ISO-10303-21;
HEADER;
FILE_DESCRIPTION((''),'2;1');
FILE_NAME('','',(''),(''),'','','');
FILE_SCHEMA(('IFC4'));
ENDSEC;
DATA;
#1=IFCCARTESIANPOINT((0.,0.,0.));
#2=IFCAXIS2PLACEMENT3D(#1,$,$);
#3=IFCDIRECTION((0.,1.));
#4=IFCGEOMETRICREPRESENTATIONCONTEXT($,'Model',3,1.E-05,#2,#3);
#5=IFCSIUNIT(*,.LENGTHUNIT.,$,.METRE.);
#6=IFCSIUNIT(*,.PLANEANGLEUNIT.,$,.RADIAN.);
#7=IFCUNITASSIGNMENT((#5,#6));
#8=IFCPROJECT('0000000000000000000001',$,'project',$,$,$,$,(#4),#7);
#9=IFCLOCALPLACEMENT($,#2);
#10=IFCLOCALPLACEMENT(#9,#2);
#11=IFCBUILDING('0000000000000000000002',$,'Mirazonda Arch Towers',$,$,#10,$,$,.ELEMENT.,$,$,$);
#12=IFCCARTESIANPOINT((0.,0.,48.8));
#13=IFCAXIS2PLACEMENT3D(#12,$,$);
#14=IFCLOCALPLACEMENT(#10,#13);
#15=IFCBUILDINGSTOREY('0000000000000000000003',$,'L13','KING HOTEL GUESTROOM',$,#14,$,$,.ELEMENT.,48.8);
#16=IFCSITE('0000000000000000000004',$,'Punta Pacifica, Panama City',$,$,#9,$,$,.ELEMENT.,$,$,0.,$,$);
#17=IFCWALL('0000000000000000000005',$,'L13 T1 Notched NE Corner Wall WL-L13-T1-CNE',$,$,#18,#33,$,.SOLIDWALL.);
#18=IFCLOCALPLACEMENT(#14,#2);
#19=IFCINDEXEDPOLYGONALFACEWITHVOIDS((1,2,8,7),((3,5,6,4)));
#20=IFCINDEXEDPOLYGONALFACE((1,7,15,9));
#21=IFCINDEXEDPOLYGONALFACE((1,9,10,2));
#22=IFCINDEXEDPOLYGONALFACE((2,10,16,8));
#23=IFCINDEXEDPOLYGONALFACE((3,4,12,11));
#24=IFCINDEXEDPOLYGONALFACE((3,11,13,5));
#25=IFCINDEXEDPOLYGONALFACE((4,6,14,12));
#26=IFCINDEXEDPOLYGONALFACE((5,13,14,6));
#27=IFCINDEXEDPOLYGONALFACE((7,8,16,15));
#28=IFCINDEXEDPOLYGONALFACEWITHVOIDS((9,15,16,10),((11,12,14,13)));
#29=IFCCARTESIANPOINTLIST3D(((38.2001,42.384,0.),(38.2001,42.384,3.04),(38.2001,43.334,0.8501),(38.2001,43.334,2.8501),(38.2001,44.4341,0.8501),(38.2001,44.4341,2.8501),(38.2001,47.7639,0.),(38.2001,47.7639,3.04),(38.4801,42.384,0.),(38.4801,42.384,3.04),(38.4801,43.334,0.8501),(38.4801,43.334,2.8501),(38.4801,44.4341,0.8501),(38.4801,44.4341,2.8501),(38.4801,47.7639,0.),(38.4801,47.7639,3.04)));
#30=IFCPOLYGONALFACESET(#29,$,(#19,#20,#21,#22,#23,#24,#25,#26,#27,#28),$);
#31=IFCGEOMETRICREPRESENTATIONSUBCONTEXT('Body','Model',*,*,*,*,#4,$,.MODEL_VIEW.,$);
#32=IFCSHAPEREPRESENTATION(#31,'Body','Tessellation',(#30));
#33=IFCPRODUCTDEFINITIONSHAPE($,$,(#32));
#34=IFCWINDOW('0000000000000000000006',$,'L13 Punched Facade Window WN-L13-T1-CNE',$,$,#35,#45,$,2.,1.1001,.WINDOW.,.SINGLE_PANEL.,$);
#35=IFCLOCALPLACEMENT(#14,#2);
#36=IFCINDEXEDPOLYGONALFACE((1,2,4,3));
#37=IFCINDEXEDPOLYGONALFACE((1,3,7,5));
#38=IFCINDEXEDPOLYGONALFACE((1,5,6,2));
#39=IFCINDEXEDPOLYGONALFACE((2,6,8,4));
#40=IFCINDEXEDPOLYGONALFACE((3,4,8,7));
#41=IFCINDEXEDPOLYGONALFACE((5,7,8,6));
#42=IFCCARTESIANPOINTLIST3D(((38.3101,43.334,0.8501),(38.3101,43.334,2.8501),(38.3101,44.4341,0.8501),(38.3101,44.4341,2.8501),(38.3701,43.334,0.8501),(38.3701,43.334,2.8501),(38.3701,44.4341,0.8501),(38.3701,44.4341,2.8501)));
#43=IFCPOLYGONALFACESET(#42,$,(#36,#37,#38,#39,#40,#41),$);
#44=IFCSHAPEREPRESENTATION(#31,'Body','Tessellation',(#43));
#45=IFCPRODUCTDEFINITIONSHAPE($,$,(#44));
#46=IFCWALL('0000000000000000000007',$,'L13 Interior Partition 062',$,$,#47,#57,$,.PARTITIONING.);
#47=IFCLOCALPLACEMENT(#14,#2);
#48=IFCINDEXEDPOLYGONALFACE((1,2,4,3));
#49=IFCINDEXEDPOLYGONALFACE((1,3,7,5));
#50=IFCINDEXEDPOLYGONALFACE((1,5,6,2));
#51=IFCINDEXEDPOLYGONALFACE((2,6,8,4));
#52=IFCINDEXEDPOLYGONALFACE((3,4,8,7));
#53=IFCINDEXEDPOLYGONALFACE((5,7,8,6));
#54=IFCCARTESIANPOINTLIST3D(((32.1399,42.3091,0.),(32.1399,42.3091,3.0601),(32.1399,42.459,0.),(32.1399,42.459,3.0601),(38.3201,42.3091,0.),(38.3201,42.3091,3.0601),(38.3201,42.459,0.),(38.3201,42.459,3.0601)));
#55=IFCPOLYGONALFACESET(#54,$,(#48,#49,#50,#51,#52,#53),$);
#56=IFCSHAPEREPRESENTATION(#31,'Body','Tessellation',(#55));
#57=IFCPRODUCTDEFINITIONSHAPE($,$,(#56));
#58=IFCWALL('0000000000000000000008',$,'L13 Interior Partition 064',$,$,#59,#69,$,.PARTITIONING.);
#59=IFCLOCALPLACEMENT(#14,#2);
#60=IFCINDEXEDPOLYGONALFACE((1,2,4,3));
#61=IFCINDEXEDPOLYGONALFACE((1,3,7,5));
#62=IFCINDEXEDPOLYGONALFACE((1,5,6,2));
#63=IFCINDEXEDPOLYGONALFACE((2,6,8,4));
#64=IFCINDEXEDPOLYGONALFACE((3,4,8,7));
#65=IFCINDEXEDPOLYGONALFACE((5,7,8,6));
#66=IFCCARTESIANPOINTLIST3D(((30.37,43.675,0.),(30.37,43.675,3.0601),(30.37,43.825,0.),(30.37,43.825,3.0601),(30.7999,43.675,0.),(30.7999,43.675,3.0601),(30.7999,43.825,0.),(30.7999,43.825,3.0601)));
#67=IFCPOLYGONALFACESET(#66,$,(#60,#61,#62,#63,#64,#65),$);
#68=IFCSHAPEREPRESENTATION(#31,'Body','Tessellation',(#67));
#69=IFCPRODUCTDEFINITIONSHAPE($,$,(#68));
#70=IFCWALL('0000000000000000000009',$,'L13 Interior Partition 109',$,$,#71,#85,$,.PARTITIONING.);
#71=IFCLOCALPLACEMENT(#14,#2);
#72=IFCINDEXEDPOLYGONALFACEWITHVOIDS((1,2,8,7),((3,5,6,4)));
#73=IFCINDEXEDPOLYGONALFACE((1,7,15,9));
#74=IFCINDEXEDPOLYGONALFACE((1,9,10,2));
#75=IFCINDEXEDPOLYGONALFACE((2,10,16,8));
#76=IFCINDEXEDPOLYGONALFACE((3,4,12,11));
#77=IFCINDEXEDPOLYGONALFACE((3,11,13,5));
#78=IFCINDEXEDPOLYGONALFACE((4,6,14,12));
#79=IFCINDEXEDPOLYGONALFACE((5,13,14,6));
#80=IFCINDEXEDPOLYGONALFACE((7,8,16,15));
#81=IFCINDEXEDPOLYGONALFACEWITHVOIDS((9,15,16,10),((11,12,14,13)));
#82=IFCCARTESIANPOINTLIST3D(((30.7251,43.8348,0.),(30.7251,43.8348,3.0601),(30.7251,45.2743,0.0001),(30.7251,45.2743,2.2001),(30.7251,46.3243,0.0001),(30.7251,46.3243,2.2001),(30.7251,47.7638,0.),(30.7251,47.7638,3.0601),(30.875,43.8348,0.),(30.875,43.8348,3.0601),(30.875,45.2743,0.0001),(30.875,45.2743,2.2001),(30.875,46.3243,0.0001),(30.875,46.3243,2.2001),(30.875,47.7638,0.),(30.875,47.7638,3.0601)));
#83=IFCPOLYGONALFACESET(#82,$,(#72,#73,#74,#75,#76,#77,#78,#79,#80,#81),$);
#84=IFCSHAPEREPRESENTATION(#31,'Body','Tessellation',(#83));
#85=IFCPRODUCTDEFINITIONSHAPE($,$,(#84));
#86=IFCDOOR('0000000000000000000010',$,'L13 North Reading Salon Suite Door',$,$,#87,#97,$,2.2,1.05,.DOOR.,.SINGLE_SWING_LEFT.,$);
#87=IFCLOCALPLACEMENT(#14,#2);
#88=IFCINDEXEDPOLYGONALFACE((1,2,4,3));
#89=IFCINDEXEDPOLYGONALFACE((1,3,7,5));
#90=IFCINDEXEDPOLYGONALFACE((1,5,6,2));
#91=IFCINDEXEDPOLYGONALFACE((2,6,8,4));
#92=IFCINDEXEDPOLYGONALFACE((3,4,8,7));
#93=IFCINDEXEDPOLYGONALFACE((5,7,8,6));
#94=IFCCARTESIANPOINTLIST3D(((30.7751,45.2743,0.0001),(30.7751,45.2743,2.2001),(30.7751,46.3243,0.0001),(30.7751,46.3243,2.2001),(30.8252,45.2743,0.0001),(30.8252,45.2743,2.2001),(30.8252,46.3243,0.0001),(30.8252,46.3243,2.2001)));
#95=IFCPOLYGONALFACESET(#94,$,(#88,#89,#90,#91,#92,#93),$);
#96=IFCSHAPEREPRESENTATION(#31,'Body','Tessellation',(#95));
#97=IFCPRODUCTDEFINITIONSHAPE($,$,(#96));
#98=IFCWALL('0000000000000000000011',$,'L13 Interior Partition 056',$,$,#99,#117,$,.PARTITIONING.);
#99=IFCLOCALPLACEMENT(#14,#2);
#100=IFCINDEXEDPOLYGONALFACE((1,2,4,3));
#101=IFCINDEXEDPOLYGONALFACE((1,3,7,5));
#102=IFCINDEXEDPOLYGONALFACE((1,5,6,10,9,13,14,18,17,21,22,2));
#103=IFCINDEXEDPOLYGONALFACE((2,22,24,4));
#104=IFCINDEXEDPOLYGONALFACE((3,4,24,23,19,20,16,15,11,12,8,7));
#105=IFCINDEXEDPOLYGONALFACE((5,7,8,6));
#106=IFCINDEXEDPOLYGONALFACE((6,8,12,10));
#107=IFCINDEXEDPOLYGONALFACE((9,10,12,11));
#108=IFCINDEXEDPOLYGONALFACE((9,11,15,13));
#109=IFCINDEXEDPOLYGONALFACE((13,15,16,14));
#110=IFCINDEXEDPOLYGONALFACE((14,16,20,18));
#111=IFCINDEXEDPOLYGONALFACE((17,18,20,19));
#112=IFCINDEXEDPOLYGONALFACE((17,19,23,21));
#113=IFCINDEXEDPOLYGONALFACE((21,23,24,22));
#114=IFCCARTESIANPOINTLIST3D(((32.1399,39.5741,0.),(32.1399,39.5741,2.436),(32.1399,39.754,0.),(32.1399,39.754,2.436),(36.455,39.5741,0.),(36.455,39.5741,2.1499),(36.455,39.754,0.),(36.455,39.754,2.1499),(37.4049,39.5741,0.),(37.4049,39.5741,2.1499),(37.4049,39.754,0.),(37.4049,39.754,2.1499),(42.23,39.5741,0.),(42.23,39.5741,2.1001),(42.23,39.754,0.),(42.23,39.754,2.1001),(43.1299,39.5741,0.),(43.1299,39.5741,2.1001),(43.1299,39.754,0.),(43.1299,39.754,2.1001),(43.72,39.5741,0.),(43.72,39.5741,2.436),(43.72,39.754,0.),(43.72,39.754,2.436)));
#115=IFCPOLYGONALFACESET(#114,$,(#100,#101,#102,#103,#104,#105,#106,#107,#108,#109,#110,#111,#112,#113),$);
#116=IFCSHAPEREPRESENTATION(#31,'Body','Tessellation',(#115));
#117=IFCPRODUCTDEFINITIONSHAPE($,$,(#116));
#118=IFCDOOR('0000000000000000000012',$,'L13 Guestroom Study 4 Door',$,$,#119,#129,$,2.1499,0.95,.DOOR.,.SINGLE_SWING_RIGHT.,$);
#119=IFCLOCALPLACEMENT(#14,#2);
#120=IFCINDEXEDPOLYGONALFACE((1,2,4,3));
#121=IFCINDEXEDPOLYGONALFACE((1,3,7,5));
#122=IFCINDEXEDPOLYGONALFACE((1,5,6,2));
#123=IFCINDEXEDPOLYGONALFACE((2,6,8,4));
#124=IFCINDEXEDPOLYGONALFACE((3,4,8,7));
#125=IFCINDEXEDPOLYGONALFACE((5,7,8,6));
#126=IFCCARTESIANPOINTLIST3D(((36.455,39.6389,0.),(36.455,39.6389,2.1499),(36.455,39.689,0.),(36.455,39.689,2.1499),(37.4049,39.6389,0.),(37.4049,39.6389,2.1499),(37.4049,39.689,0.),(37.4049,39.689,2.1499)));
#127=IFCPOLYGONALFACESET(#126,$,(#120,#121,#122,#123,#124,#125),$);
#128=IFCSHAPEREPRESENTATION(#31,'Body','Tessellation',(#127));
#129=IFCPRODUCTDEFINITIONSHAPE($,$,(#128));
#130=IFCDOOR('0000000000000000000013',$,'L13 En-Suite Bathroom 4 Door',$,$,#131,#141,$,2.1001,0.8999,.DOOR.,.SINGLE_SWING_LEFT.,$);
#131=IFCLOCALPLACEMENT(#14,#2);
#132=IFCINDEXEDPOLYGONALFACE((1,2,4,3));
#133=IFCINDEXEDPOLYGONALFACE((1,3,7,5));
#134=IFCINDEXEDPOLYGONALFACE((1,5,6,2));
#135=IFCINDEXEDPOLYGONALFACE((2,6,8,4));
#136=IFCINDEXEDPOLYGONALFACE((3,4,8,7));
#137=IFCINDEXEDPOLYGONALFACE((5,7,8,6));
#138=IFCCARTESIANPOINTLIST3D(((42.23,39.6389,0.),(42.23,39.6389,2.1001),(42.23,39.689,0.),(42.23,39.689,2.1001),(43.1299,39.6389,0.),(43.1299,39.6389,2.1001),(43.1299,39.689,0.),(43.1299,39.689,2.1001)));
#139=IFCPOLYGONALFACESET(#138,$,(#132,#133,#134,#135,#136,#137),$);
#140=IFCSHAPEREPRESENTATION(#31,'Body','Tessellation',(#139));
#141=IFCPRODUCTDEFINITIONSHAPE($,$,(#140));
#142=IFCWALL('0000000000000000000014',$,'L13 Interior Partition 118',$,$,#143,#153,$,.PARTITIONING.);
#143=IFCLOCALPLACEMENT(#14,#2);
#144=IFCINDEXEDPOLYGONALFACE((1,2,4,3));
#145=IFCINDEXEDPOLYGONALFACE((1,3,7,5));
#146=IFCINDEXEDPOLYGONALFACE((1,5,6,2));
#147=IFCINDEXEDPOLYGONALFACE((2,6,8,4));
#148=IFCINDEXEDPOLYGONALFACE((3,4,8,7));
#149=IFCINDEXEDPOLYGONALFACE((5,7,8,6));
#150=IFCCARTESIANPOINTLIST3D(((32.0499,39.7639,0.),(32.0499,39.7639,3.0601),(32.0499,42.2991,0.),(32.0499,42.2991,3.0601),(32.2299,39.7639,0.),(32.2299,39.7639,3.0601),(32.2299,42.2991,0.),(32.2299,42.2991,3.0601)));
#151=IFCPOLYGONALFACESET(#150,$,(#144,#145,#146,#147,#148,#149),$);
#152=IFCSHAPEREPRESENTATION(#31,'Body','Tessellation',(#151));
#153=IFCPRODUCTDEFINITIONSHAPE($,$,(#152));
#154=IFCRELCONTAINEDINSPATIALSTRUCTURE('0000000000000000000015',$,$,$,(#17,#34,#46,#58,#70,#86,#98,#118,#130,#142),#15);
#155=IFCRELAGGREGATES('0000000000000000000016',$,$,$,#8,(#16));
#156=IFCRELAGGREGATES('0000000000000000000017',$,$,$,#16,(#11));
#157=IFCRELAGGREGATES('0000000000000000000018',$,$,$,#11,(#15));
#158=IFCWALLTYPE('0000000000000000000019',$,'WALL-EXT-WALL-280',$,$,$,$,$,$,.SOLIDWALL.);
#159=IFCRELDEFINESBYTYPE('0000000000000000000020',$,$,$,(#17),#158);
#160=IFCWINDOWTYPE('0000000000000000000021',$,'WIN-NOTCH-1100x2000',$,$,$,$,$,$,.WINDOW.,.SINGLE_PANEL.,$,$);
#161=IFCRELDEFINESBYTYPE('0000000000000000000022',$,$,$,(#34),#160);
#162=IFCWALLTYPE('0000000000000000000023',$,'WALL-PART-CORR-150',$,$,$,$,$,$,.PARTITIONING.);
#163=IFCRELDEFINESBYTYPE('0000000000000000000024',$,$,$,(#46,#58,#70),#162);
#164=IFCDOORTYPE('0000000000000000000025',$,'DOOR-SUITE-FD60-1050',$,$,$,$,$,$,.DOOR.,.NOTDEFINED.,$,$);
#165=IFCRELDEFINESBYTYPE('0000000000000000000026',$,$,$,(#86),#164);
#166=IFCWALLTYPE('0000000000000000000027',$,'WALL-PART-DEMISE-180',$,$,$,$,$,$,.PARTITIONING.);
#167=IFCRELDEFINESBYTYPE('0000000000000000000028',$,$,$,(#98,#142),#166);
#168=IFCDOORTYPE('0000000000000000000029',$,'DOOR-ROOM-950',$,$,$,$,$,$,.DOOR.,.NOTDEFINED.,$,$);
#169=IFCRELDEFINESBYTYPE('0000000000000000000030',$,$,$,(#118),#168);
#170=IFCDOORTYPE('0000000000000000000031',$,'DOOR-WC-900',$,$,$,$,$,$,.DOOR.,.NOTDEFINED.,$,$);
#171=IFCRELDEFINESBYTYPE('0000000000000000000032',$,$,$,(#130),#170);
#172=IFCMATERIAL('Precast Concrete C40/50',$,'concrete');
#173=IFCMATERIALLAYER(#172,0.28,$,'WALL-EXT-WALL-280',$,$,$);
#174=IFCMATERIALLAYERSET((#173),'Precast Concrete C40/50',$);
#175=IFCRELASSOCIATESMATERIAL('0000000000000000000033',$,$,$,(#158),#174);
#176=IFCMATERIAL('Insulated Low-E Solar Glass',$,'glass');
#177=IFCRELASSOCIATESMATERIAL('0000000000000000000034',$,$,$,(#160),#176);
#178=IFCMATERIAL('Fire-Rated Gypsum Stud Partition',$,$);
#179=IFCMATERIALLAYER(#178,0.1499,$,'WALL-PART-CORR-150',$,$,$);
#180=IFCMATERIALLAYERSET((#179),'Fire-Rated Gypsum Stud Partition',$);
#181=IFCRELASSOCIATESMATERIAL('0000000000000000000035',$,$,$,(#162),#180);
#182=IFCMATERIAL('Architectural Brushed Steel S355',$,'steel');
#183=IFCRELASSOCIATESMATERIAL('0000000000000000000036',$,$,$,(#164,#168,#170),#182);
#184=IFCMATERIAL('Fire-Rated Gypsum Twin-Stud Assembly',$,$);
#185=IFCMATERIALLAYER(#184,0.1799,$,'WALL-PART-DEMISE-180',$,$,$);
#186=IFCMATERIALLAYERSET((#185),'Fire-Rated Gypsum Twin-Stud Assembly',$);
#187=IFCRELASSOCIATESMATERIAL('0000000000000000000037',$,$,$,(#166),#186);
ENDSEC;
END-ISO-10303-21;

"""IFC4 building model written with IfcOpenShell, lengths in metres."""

from ifc_helpers import new_model, si_unit, direction, frame, frame_2d, origin, place, context, subcontext, project, spatial, rectangle, extrude, material, layer, layer_set, type_object, element, fill, save


model = new_model("IFC4")

# Units and contexts
model_context = context("Model", 3, precision=1e-05, world=origin(), true_north=direction((0.0, 1.0)))
body_context = subcontext(model_context, "Body", "Model", "MODEL_VIEW")
ifc_project = project(units=[si_unit("LENGTHUNIT", "METRE"), si_unit("PLANEANGLEUNIT", "RADIAN")], contexts=[model_context])

# Site, building, storey
site_placement = place(None, origin())
site = spatial("IfcSite", under=ifc_project, at=site_placement, Name="Punta Pacifica, Panama City", CompositionType="ELEMENT", RefElevation=0.0)
building_placement = place(site_placement, origin())
building = spatial("IfcBuilding", under=site, at=building_placement, Name="Mirazonda Arch Towers", CompositionType="ELEMENT")
storey_placement = place(building_placement, frame((0.0, 0.0, 48.8)))
storey = spatial("IfcBuildingStorey", under=building, at=storey_placement, Name="L13", Description="KING HOTEL GUESTROOM", CompositionType="ELEMENT", Elevation=48.8)

# Shared definitions
ifc_material_1 = material(Name="Insulated Low-E Solar Glass", Category="glass")

# Wall, opening, window
ifc_material_2 = material(Name="Precast Concrete C40/50", Category="concrete")
ifc_layer_1 = layer(ifc_material_2, 0.28, Name="WALL-EXT-WALL-280")
ifc_layer_set_1 = layer_set([ifc_layer_1], Name="Precast Concrete C40/50")
wall_type_1 = type_object("IfcWallType", Name="WALL-EXT-WALL-280", PredefinedType="SOLIDWALL", material=ifc_layer_set_1)
wall_1_placement = place(storey_placement, frame((38.3401, 42.384, 0.0), z_axis=(0.0, 0.0, 1.0), x_axis=(0.0, 1.0, 0.0)))
wall_1 = element("IfcWall", 1, at=wall_1_placement, inside=storey, type_object=wall_type_1, Name="L13 T1 Notched NE Corner Wall WL-L13-T1-CNE", PredefinedType="SOLIDWALL", context=body_context, shape_type="SweptSolid", body=[
    extrude(rectangle(XDim=5.3799, YDim=0.28, at=frame_2d((2.6899, 0.0))), origin(), (0.0, 0.0, 1.0), 3.04),
])
opening_1_placement = place(wall_1_placement, frame((0.95, 0.0, 0.8501)))
opening_1 = element("IfcOpeningElement", 2, at=opening_1_placement, cuts=wall_1, PredefinedType="OPENING", context=body_context, shape_type="SweptSolid", body=[
    extrude(rectangle(XDim=1.1001, YDim=2.0, at=frame_2d((0.55, 1.0))), frame((0.0, 0.1499, 0.0), z_axis=(0.0, -1.0, 0.0), x_axis=(1.0, 0.0, 0.0)), (0.0, 0.0, 1.0), 0.3),
])
window_type = type_object("IfcWindowType", Name="WIN-NOTCH-1100x2000", PartitioningType="SINGLE_PANEL", PredefinedType="WINDOW", material=ifc_material_1)
window_placement = place(opening_1_placement, origin())
window = element("IfcWindow", 3, at=window_placement, inside=storey, type_object=window_type, Name="L13 Punched Facade Window WN-L13-T1-CNE", OverallHeight=2.0, OverallWidth=1.1001, PartitioningType="SINGLE_PANEL", PredefinedType="WINDOW", context=body_context, shape_type="SweptSolid", body=[
    extrude(rectangle(XDim=1.1001, YDim=2.0, at=frame_2d((0.55, 1.0))), frame((0.0, 0.03, 0.0), z_axis=(0.0, -1.0, 0.0), x_axis=(1.0, 0.0, 0.0)), (0.0, 0.0, 1.0), 0.0601),
])
fill(opening_1, window)

# Walls
ifc_material_3 = material(Name="Fire-Rated Gypsum Stud Partition")
ifc_layer_2 = layer(ifc_material_3, 0.1499, Name="WALL-PART-CORR-150")
ifc_layer_set_2 = layer_set([ifc_layer_2], Name="Fire-Rated Gypsum Stud Partition")
wall_type_2 = type_object("IfcWallType", Name="WALL-PART-CORR-150", PredefinedType="PARTITIONING", material=ifc_layer_set_2)
wall_2_placement = place(storey_placement, frame((32.1399, 42.384, 0.0), z_axis=(0.0, 0.0, 1.0), x_axis=(1.0, 0.0, 0.0)))
element("IfcWall", 4, at=wall_2_placement, inside=storey, type_object=wall_type_2, Name="L13 Interior Partition 062", PredefinedType="PARTITIONING", context=body_context, shape_type="SweptSolid", body=[
    extrude(rectangle(XDim=6.1802, YDim=0.1499, at=frame_2d((3.0901, 0.0))), origin(), (0.0, 0.0, 1.0), 3.0601),
])
wall_3_placement = place(storey_placement, frame((30.3701, 43.75, 0.0), z_axis=(0.0, 0.0, 1.0), x_axis=(1.0, 0.0, 0.0)))
element("IfcWall", 5, at=wall_3_placement, inside=storey, type_object=wall_type_2, Name="L13 Interior Partition 064", PredefinedType="PARTITIONING", context=body_context, shape_type="SweptSolid", body=[
    extrude(rectangle(XDim=0.4299, YDim=0.1499, at=frame_2d((0.2148, 0.0))), origin(), (0.0, 0.0, 1.0), 3.0601),
])

# Wall, opening, door
wall_4_placement = place(storey_placement, frame((30.8, 43.835, 0.0), z_axis=(0.0, 0.0, 1.0), x_axis=(0.0, 1.0, 0.0)))
wall_4 = element("IfcWall", 6, at=wall_4_placement, inside=storey, type_object=wall_type_2, Name="L13 Interior Partition 109", PredefinedType="PARTITIONING", context=body_context, shape_type="SweptSolid", body=[
    extrude(rectangle(XDim=3.929, YDim=0.1499, at=frame_2d((1.9644, 0.0))), origin(), (0.0, 0.0, 1.0), 3.0601),
])
opening_2_placement = place(wall_4_placement, frame((1.4395, 0.0, 0.0)))
opening_2 = element("IfcOpeningElement", 7, at=opening_2_placement, cuts=wall_4, PredefinedType="OPENING", context=body_context, shape_type="SweptSolid", body=[
    extrude(rectangle(XDim=1.05, YDim=2.2, at=frame_2d((0.5249, 1.1001))), frame((0.0, 0.085, 0.0), z_axis=(0.0, -1.0, 0.0), x_axis=(1.0, 0.0, 0.0)), (0.0, 0.0, 1.0), 0.1699),
])
ifc_material_4 = material(Name="Architectural Brushed Steel S355", Category="steel")
door_type_1 = type_object("IfcDoorType", Name="DOOR-SUITE-FD60-1050", OperationType="NOTDEFINED", PredefinedType="DOOR", material=ifc_material_4)
door_1_placement = place(opening_2_placement, origin())
door_1 = element("IfcDoor", 8, at=door_1_placement, inside=storey, type_object=door_type_1, Name="L13 North Reading Salon Suite Door", OperationType="SINGLE_SWING_LEFT", OverallHeight=2.2, OverallWidth=1.05, PredefinedType="DOOR", context=body_context, shape_type="SweptSolid", body=[
    extrude(rectangle(XDim=1.05, YDim=2.2, at=frame_2d((0.5249, 1.1001))), frame((0.0, 0.0249, 0.0), z_axis=(0.0, -1.0, 0.0), x_axis=(1.0, 0.0, 0.0)), (0.0, 0.0, 1.0), 0.05),
])
fill(opening_2, door_1)

# Wall, openings, doors
ifc_material_5 = material(Name="Fire-Rated Gypsum Twin-Stud Assembly")
ifc_layer_3 = layer(ifc_material_5, 0.1799, Name="WALL-PART-DEMISE-180")
ifc_layer_set_3 = layer_set([ifc_layer_3], Name="Fire-Rated Gypsum Twin-Stud Assembly")
wall_type_3 = type_object("IfcWallType", Name="WALL-PART-DEMISE-180", PredefinedType="PARTITIONING", material=ifc_layer_set_3)
wall_5_placement = place(storey_placement, frame((32.1399, 39.6641, 0.0), z_axis=(0.0, 0.0, 1.0), x_axis=(1.0, 0.0, 0.0)))
wall_5 = element("IfcWall", 9, at=wall_5_placement, inside=storey, type_object=wall_type_3, Name="L13 Interior Partition 056", PredefinedType="PARTITIONING", context=body_context, shape_type="SweptSolid", body=[
    extrude(rectangle(XDim=11.5801, YDim=0.1799, at=frame_2d((5.79, 0.0))), origin(), (0.0, 0.0, 1.0), 2.436),
])
opening_3_placement = place(wall_5_placement, frame((4.3149, 0.0, 0.0)))
opening_3 = element("IfcOpeningElement", 10, at=opening_3_placement, cuts=wall_5, PredefinedType="OPENING", context=body_context, shape_type="SweptSolid", body=[
    extrude(rectangle(XDim=0.95, YDim=2.1499, at=frame_2d((0.4751, 1.075))), frame((0.0, 0.0999, 0.0), z_axis=(0.0, -1.0, 0.0), x_axis=(1.0, 0.0, 0.0)), (0.0, 0.0, 1.0), 0.2),
])
opening_4_placement = place(wall_5_placement, frame((10.0901, 0.0, 0.0)))
opening_4 = element("IfcOpeningElement", 11, at=opening_4_placement, cuts=wall_5, PredefinedType="OPENING", context=body_context, shape_type="SweptSolid", body=[
    extrude(rectangle(XDim=0.8999, YDim=2.1001, at=frame_2d((0.45, 1.05))), frame((0.0, 0.0999, 0.0), z_axis=(0.0, -1.0, 0.0), x_axis=(1.0, 0.0, 0.0)), (0.0, 0.0, 1.0), 0.2),
])
door_type_2 = type_object("IfcDoorType", Name="DOOR-ROOM-950", OperationType="NOTDEFINED", PredefinedType="DOOR", material=ifc_material_4)
door_2_placement = place(opening_3_placement, origin())
door_2 = element("IfcDoor", 12, at=door_2_placement, inside=storey, type_object=door_type_2, Name="L13 Guestroom Study 4 Door", OperationType="SINGLE_SWING_RIGHT", OverallHeight=2.1499, OverallWidth=0.95, PredefinedType="DOOR", context=body_context, shape_type="SweptSolid", body=[
    extrude(rectangle(XDim=0.95, YDim=2.1499, at=frame_2d((0.4751, 1.075))), frame((0.0, 0.0249, 0.0), z_axis=(0.0, -1.0, 0.0), x_axis=(1.0, 0.0, 0.0)), (0.0, 0.0, 1.0), 0.05),
])
fill(opening_3, door_2)
door_type_3 = type_object("IfcDoorType", Name="DOOR-WC-900", OperationType="NOTDEFINED", PredefinedType="DOOR", material=ifc_material_4)
door_3_placement = place(opening_4_placement, origin())
door_3 = element("IfcDoor", 13, at=door_3_placement, inside=storey, type_object=door_type_3, Name="L13 En-Suite Bathroom 4 Door", OperationType="SINGLE_SWING_LEFT", OverallHeight=2.1001, OverallWidth=0.8999, PredefinedType="DOOR", context=body_context, shape_type="SweptSolid", body=[
    extrude(rectangle(XDim=0.8999, YDim=2.1001, at=frame_2d((0.45, 1.05))), frame((0.0, 0.0249, 0.0), z_axis=(0.0, -1.0, 0.0), x_axis=(1.0, 0.0, 0.0)), (0.0, 0.0, 1.0), 0.05),
])
fill(opening_4, door_3)

# Wall
wall_6_placement = place(storey_placement, frame((32.1399, 39.7639, 0.0), z_axis=(0.0, 0.0, 1.0), x_axis=(0.0, 1.0, 0.0)))
element("IfcWall", 14, at=wall_6_placement, inside=storey, type_object=wall_type_3, Name="L13 Interior Partition 118", PredefinedType="PARTITIONING", context=body_context, shape_type="SweptSolid", body=[
    extrude(rectangle(XDim=2.5352, YDim=0.1799, at=frame_2d((1.2676, 0.0))), origin(), (0.0, 0.0, 1.0), 3.0601),
])

save(model, "model.ifc")
